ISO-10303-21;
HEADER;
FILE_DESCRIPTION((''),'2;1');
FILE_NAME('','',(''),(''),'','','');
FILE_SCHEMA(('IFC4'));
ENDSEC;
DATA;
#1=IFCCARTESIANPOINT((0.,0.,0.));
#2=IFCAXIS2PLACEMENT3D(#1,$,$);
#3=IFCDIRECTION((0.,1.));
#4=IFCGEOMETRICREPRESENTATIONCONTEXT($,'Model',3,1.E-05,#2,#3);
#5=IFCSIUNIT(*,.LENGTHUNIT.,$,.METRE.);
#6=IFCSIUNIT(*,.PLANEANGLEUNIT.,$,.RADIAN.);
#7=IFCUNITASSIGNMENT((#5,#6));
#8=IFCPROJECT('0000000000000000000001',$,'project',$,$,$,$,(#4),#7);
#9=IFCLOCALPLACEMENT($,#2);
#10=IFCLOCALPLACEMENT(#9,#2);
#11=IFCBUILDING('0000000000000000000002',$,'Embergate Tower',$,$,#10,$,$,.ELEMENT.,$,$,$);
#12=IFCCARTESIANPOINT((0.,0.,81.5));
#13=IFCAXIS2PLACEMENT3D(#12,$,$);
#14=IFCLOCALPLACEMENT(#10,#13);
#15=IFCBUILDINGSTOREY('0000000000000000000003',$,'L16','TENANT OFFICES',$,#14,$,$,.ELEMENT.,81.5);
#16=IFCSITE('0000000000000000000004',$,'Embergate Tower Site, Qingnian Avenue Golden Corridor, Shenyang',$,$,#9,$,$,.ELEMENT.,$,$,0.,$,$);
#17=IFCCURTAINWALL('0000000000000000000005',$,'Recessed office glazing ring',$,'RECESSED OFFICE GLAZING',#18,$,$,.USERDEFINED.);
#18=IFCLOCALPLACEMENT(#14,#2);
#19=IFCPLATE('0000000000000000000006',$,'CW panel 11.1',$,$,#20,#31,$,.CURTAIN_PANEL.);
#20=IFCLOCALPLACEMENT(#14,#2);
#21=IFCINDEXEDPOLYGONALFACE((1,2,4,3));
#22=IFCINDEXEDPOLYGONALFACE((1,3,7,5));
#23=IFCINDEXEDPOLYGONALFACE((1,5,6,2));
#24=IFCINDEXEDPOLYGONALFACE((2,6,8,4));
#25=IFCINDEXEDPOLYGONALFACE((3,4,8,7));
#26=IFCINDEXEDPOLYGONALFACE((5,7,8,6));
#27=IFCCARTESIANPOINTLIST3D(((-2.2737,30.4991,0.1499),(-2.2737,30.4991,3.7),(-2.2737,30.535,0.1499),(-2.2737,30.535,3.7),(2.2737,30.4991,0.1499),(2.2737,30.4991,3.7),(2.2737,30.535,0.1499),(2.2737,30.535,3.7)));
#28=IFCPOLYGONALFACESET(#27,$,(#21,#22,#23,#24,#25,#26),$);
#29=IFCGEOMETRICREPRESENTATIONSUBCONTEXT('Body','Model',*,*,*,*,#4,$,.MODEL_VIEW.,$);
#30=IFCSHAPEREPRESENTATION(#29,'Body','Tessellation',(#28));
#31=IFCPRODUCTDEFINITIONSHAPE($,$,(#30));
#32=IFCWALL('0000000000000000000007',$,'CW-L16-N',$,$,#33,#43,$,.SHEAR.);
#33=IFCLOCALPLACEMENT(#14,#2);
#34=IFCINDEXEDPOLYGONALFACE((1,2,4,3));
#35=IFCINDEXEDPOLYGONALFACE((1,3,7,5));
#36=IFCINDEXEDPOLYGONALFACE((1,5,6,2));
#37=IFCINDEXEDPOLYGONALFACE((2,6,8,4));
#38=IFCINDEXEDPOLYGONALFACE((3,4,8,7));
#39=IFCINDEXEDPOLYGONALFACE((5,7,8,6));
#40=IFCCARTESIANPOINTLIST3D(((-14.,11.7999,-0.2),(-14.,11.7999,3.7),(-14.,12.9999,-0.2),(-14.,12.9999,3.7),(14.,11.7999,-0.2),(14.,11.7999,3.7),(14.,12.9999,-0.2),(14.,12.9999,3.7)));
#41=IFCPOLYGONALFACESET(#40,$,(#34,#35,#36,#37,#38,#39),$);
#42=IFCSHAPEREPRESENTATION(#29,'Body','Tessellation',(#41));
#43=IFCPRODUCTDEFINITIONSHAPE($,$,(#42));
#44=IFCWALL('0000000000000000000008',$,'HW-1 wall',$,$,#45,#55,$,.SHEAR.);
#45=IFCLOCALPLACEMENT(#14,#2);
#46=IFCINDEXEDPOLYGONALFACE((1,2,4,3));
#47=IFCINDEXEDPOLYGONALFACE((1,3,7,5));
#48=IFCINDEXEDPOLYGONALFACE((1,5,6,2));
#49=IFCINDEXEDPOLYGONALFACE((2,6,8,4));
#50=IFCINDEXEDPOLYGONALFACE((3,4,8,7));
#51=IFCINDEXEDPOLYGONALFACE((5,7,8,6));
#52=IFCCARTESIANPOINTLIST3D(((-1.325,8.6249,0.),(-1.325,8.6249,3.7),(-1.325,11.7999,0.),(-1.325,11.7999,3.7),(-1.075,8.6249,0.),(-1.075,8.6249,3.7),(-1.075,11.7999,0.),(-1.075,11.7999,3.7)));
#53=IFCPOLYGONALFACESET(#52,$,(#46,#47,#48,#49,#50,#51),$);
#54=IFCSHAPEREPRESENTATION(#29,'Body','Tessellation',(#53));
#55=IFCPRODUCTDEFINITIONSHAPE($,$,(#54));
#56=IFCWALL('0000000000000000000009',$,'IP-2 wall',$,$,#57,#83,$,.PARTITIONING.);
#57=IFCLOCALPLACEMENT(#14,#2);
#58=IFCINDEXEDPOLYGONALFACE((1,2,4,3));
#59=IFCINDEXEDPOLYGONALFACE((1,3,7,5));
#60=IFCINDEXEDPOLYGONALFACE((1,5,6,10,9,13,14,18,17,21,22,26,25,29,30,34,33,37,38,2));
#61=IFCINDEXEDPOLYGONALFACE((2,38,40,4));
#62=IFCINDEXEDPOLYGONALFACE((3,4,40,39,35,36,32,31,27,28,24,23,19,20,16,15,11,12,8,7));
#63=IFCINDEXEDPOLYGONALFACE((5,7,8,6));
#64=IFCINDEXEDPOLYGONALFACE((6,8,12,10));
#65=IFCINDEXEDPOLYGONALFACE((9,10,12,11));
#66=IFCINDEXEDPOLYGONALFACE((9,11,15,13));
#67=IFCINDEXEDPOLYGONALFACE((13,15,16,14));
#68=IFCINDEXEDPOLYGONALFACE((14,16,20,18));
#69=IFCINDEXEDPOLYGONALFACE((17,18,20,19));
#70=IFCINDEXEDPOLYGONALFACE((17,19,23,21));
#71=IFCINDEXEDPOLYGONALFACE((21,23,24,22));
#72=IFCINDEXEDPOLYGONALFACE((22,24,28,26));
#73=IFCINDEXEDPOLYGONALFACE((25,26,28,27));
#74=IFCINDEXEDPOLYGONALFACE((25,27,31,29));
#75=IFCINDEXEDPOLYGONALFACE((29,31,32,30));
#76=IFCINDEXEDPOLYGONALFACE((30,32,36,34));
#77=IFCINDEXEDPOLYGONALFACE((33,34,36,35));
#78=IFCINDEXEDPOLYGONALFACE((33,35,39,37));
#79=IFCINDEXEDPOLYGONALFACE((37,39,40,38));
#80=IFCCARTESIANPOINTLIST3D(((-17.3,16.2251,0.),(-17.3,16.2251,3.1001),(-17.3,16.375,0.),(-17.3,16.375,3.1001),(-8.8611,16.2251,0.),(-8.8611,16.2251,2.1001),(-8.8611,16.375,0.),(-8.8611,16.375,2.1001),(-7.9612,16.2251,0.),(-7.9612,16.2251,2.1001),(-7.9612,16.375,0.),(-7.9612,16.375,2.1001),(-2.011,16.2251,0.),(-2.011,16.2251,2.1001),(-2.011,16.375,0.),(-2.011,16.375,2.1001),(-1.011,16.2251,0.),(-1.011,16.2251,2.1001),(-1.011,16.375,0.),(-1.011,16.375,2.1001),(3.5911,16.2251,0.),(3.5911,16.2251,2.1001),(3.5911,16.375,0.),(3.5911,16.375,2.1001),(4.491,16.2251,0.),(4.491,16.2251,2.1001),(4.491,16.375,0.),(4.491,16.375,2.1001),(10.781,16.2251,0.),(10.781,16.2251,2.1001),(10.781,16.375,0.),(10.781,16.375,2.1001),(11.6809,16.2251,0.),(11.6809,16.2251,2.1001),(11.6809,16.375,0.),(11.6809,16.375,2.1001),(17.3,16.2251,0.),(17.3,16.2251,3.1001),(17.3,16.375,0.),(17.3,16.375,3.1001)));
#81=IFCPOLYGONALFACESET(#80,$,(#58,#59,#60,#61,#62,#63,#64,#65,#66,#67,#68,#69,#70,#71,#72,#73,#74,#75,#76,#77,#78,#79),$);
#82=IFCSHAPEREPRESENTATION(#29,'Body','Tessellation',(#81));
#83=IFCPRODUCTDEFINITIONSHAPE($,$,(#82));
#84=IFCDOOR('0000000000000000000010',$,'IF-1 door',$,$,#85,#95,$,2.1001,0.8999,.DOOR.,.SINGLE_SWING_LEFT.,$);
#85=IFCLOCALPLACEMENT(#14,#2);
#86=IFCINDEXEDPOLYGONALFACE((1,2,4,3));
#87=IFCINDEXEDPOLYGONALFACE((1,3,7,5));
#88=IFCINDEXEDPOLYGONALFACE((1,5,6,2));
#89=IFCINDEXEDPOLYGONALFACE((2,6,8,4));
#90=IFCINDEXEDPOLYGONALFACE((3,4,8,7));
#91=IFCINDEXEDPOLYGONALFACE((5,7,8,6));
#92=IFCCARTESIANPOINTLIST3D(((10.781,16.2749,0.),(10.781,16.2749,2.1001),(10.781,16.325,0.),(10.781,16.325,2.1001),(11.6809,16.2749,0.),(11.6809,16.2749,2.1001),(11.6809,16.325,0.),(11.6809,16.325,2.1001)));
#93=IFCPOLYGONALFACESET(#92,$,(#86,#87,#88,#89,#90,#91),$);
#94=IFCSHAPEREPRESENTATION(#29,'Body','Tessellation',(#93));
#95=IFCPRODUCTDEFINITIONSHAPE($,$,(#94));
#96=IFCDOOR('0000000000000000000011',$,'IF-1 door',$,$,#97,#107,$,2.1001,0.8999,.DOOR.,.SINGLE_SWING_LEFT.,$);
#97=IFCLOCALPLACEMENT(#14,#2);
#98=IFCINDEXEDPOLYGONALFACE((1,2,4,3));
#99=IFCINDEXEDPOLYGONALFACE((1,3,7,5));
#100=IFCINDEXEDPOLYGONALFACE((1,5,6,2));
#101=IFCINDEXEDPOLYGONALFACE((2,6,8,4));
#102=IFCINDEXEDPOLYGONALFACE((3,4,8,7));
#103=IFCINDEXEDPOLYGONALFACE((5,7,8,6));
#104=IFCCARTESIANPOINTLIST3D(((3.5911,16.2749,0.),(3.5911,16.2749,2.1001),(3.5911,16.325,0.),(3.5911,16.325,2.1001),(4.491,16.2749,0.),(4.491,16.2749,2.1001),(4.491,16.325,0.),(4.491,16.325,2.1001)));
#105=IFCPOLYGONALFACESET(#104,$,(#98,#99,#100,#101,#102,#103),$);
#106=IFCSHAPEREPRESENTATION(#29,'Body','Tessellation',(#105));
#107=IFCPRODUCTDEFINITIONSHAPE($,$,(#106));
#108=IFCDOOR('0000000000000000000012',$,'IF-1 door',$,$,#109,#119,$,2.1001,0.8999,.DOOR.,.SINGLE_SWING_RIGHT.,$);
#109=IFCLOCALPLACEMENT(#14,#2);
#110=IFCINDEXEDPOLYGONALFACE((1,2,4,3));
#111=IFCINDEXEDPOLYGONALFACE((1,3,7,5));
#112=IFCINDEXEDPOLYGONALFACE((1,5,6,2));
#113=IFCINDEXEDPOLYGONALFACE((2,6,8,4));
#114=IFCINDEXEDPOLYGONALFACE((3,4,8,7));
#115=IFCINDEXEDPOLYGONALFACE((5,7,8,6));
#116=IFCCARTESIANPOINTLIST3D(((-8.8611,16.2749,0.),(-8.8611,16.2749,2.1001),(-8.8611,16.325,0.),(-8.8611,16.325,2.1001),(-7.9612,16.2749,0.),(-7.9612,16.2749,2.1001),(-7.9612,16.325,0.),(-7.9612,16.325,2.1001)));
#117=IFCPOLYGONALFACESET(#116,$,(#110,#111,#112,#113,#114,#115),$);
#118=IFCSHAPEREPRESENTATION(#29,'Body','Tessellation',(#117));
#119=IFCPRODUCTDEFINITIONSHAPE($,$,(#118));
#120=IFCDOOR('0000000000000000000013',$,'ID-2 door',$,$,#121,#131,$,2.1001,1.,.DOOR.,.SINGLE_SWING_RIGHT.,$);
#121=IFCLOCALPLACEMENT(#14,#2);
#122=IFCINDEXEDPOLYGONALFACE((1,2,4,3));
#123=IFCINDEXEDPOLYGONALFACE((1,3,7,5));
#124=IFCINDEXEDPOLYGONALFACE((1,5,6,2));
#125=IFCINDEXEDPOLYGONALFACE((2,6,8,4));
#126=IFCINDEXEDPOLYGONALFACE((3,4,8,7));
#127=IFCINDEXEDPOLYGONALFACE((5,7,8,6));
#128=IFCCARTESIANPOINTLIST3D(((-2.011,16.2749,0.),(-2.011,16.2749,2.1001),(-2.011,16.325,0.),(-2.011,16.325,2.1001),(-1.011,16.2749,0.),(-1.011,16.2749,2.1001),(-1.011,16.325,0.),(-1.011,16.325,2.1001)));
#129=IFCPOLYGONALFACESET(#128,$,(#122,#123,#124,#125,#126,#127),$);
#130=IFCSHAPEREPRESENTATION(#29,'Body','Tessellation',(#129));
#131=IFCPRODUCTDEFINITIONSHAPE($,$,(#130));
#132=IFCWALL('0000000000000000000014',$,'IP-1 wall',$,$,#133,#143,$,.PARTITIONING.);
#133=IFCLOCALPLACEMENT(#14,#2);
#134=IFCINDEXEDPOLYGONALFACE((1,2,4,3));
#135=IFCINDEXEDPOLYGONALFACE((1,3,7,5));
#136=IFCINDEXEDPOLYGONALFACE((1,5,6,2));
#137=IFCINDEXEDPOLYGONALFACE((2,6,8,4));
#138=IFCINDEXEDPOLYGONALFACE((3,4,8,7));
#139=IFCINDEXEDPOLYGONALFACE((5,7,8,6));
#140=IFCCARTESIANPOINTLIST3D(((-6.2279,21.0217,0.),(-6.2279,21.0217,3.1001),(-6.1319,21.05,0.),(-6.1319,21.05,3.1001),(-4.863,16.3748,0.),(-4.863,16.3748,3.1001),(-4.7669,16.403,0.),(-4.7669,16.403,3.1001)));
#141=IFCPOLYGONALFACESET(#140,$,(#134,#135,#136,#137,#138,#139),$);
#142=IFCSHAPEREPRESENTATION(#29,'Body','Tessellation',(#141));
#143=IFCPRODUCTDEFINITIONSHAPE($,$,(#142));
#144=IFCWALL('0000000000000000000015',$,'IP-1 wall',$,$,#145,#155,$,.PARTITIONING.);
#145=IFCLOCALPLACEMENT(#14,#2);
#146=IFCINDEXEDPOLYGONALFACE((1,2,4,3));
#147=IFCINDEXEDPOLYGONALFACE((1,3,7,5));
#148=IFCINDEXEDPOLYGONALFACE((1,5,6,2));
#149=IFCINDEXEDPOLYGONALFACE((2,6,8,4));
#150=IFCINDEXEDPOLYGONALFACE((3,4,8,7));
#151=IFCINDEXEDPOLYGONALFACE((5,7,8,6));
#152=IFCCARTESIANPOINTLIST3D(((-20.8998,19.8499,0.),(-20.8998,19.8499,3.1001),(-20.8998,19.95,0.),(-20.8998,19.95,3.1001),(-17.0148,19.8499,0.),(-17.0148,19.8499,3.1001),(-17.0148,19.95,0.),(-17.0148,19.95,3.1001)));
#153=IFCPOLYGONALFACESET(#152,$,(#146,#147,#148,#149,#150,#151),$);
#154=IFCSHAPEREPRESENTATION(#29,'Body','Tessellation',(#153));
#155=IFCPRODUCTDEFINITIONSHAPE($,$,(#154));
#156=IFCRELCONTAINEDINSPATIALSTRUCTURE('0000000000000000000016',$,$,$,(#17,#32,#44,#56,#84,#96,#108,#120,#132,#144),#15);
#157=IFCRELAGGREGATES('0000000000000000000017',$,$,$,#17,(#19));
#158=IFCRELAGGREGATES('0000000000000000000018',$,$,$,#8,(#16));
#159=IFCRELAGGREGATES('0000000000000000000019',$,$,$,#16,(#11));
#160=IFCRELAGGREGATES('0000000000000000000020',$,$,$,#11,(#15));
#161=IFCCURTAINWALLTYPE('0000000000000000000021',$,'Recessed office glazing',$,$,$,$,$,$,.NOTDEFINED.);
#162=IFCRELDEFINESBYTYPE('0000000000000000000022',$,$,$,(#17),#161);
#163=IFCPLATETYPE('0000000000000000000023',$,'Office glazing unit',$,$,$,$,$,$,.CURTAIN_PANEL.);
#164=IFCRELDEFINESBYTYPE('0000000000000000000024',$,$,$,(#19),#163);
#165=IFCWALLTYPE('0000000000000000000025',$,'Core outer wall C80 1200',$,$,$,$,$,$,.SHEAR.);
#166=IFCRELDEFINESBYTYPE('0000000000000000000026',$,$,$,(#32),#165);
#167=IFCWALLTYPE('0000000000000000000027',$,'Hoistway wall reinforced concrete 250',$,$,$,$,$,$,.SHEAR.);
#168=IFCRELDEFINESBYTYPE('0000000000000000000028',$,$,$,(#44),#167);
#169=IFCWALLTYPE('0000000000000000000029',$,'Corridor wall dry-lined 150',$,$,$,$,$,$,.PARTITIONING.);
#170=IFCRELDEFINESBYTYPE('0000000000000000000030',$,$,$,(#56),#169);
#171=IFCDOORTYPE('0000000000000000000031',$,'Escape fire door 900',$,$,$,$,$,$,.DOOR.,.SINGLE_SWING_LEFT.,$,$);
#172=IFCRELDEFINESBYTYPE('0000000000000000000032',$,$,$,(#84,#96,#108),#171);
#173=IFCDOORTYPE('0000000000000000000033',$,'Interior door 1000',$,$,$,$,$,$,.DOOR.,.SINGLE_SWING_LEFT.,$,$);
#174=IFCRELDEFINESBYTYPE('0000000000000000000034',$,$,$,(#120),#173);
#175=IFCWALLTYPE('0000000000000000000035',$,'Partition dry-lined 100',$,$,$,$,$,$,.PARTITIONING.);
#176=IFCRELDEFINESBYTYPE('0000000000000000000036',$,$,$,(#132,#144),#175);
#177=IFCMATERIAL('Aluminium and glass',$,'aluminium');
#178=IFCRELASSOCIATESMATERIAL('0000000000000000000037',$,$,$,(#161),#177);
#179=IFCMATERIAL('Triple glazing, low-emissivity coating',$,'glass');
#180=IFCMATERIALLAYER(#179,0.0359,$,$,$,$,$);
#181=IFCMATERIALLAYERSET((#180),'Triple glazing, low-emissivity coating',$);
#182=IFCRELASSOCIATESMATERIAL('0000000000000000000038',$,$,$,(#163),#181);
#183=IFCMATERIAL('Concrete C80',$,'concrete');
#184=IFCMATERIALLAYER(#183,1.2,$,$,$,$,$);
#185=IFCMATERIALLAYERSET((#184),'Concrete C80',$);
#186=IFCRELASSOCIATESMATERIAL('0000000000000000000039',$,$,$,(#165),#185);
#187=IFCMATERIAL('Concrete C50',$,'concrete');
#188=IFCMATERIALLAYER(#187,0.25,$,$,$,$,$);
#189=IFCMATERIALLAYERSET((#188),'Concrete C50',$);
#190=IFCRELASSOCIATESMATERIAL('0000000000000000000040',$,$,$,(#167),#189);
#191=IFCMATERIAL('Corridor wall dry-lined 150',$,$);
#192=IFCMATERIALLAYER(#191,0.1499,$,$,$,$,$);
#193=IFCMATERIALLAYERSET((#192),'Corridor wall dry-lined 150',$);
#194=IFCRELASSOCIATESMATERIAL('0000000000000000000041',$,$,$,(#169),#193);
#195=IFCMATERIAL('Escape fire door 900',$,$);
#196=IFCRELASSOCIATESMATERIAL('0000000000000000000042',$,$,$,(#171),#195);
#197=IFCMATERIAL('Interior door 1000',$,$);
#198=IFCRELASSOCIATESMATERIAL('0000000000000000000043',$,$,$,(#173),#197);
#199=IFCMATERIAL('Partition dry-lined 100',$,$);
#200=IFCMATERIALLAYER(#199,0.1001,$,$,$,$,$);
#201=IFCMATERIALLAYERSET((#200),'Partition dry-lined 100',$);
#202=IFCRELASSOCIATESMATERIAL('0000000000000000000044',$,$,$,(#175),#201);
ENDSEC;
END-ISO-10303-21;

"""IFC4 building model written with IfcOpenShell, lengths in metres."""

from ifc_helpers import new_model, si_unit, direction, frame, frame_2d, origin, origin_2d, place, context, subcontext, project, spatial, rectangle, extrude, source, transform, mapped, material, layer, layer_set, type_object, element, fill, aggregate, save


model = new_model("IFC4")

# Units and contexts
model_context = context("Model", 3, precision=1e-05, world=origin(), true_north=direction((0.0, 1.0)))
body_context = subcontext(model_context, "Body", "Model", "MODEL_VIEW")
ifc_project = project(units=[si_unit("LENGTHUNIT", "METRE"), si_unit("PLANEANGLEUNIT", "RADIAN")], contexts=[model_context])

# Site, building, storey
site_placement = place(None, origin())
site = spatial("IfcSite", under=ifc_project, at=site_placement, Name="Embergate Tower Site, Qingnian Avenue Golden Corridor, Shenyang", CompositionType="ELEMENT", RefElevation=0.0)
building_placement = place(site_placement, origin())
building = spatial("IfcBuilding", under=site, at=building_placement, Name="Embergate Tower", CompositionType="ELEMENT")
storey_placement = place(building_placement, frame((0.0, 0.0, 81.5)))
storey = spatial("IfcBuildingStorey", under=building, at=storey_placement, Name="L16", Description="TENANT OFFICES", CompositionType="ELEMENT", Elevation=81.5)

# Curtain wall, plate
ifc_material_1 = material(Name="Aluminium and glass", Category="aluminium")
curtain_wall_type = type_object("IfcCurtainWallType", Name="Recessed office glazing", PredefinedType="NOTDEFINED", material=ifc_material_1)
curtain_wall_placement = place(storey_placement, origin())
curtain_wall = element("IfcCurtainWall", 1, at=curtain_wall_placement, inside=storey, type_object=curtain_wall_type, Name="Recessed office glazing ring", ObjectType="RECESSED OFFICE GLAZING", PredefinedType="USERDEFINED")
ifc_material_2 = material(Name="Triple glazing, low-emissivity coating", Category="glass")
ifc_layer_1 = layer(ifc_material_2, 0.0359)
ifc_layer_set_1 = layer_set([ifc_layer_1], Name="Triple glazing, low-emissivity coating")
plate_type = type_object("IfcPlateType", Name="Office glazing unit", PredefinedType="CURTAIN_PANEL", material=ifc_layer_set_1)
shared_shape_1 = source(origin(), body_context, "Body", "SweptSolid", [
    extrude(rectangle(XDim=4.5474, YDim=0.0359, at=origin_2d()), origin(), (0.0, 0.0, 1.0), 3.55),
])
plate_1_placement = place(storey_placement, frame((0.0, 30.5171, 0.1499), z_axis=(0.0, 0.0, 1.0), x_axis=(-1.0, 0.0, 0.0)))
plate_1 = element("IfcPlate", 2, at=plate_1_placement, type_object=plate_type, Name="CW panel 11.1", PredefinedType="CURTAIN_PANEL", context=body_context, shape_type="MappedRepresentation", body=[
    mapped(shared_shape_1, transform((0.0, 0.0, 0.0))),
])
aggregate(curtain_wall, [plate_1])

# Walls
ifc_material_3 = material(Name="Concrete C80", Category="concrete")
ifc_layer_2 = layer(ifc_material_3, 1.2)
ifc_layer_set_2 = layer_set([ifc_layer_2], Name="Concrete C80")
wall_type_1 = type_object("IfcWallType", Name="Core outer wall C80 1200", PredefinedType="SHEAR", material=ifc_layer_set_2)
shared_shape_2 = source(origin(), body_context, "Body", "SweptSolid", [
    extrude(rectangle(XDim=28.0, YDim=1.2, at=frame_2d((14.0, 0.0))), origin(), (0.0, 0.0, 1.0), 3.8999),
])
wall_1_placement = place(storey_placement, frame((-14.0, 12.3999, -0.2), z_axis=(0.0, 0.0, 1.0), x_axis=(1.0, 0.0, 0.0)))
element("IfcWall", 3, at=wall_1_placement, inside=storey, type_object=wall_type_1, Name="CW-L16-N", PredefinedType="SHEAR", context=body_context, shape_type="MappedRepresentation", body=[
    mapped(shared_shape_2, transform((0.0, 0.0, 0.0))),
])
ifc_material_4 = material(Name="Concrete C50", Category="concrete")
ifc_layer_3 = layer(ifc_material_4, 0.25)
ifc_layer_set_3 = layer_set([ifc_layer_3], Name="Concrete C50")
wall_type_2 = type_object("IfcWallType", Name="Hoistway wall reinforced concrete 250", PredefinedType="SHEAR", material=ifc_layer_set_3)
shared_shape_3 = source(origin(), body_context, "Body", "SweptSolid", [
    extrude(rectangle(XDim=3.175, YDim=0.25, at=frame_2d((1.5874, 0.0))), origin(), (0.0, 0.0, 1.0), 3.7),
])
wall_2_placement = place(storey_placement, frame((-1.2, 8.625, 0.0), z_axis=(0.0, 0.0, 1.0), x_axis=(0.0, 1.0, 0.0)))
element("IfcWall", 4, at=wall_2_placement, inside=storey, type_object=wall_type_2, Name="HW-1 wall", PredefinedType="SHEAR", context=body_context, shape_type="MappedRepresentation", body=[
    mapped(shared_shape_3, transform((0.0, 0.0, 0.0))),
])

# Wall, openings, doors
ifc_material_5 = material(Name="Corridor wall dry-lined 150")
ifc_layer_4 = layer(ifc_material_5, 0.1499)
ifc_layer_set_4 = layer_set([ifc_layer_4], Name="Corridor wall dry-lined 150")
wall_type_3 = type_object("IfcWallType", Name="Corridor wall dry-lined 150", PredefinedType="PARTITIONING", material=ifc_layer_set_4)
shared_shape_4 = source(origin(), body_context, "Body", "SweptSolid", [
    extrude(rectangle(XDim=34.6001, YDim=0.1499, at=frame_2d((17.3, 0.0))), origin(), (0.0, 0.0, 1.0), 3.1001),
])
wall_3_placement = place(storey_placement, frame((-17.3, 16.3, 0.0), z_axis=(0.0, 0.0, 1.0), x_axis=(1.0, 0.0, 0.0)))
wall_3 = element("IfcWall", 5, at=wall_3_placement, inside=storey, type_object=wall_type_3, Name="IP-2 wall", PredefinedType="PARTITIONING", context=body_context, shape_type="MappedRepresentation", body=[
    mapped(shared_shape_4, transform((0.0, 0.0, 0.0))),
])
shared_shape_5 = source(origin(), body_context, "Body", "SweptSolid", [
    extrude(rectangle(XDim=0.8999, YDim=2.1001, at=frame_2d((0.45, 1.05))), frame((0.0, 0.085, 0.0), z_axis=(0.0, -1.0, 0.0), x_axis=(1.0, 0.0, 0.0)), (0.0, 0.0, 1.0), 0.1699),
])
opening_1_placement = place(wall_3_placement, frame((28.0811, 0.0, 0.0)))
opening_1 = element("IfcOpeningElement", 6, at=opening_1_placement, cuts=wall_3, PredefinedType="OPENING", context=body_context, shape_type="MappedRepresentation", body=[
    mapped(shared_shape_5, transform((0.0, 0.0, 0.0))),
])
opening_2_placement = place(wall_3_placement, frame((20.8911, 0.0, 0.0)))
opening_2 = element("IfcOpeningElement", 7, at=opening_2_placement, cuts=wall_3, PredefinedType="OPENING", context=body_context, shape_type="MappedRepresentation", body=[
    mapped(shared_shape_5, transform((0.0, 0.0, 0.0))),
])
shared_shape_6 = source(origin(), body_context, "Body", "SweptSolid", [
    extrude(rectangle(XDim=1.0, YDim=2.1001, at=frame_2d((0.5, 1.05))), frame((0.0, 0.085, 0.0), z_axis=(0.0, -1.0, 0.0), x_axis=(1.0, 0.0, 0.0)), (0.0, 0.0, 1.0), 0.1699),
])
opening_3_placement = place(wall_3_placement, frame((15.2891, 0.0, 0.0)))
opening_3 = element("IfcOpeningElement", 8, at=opening_3_placement, cuts=wall_3, PredefinedType="OPENING", context=body_context, shape_type="MappedRepresentation", body=[
    mapped(shared_shape_6, transform((0.0, 0.0, 0.0))),
])
opening_4_placement = place(wall_3_placement, frame((8.439, 0.0, 0.0)))
opening_4 = element("IfcOpeningElement", 9, at=opening_4_placement, cuts=wall_3, PredefinedType="OPENING", context=body_context, shape_type="MappedRepresentation", body=[
    mapped(shared_shape_5, transform((0.0, 0.0, 0.0))),
])
ifc_material_6 = material(Name="Escape fire door 900")
door_type_1 = type_object("IfcDoorType", Name="Escape fire door 900", OperationType="SINGLE_SWING_LEFT", PredefinedType="DOOR", material=ifc_material_6)
shared_shape_7 = source(origin(), body_context, "Body", "SweptSolid", [
    extrude(rectangle(XDim=0.8999, YDim=2.1001, at=frame_2d((0.45, 1.05))), frame((0.0, 0.0249, 0.0), z_axis=(0.0, -1.0, 0.0), x_axis=(1.0, 0.0, 0.0)), (0.0, 0.0, 1.0), 0.05),
])
door_1_placement = place(opening_1_placement, origin())
door_1 = element("IfcDoor", 10, at=door_1_placement, inside=storey, type_object=door_type_1, Name="IF-1 door", OperationType="SINGLE_SWING_LEFT", OverallHeight=2.1001, OverallWidth=0.8999, PredefinedType="DOOR", context=body_context, shape_type="MappedRepresentation", body=[
    mapped(shared_shape_7, transform((0.0, 0.0, 0.0))),
])
fill(opening_1, door_1)
door_2_placement = place(opening_2_placement, origin())
door_2 = element("IfcDoor", 11, at=door_2_placement, inside=storey, type_object=door_type_1, Name="IF-1 door", OperationType="SINGLE_SWING_LEFT", OverallHeight=2.1001, OverallWidth=0.8999, PredefinedType="DOOR", context=body_context, shape_type="MappedRepresentation", body=[
    mapped(shared_shape_7, transform((0.0, 0.0, 0.0))),
])
fill(opening_2, door_2)
door_3_placement = place(opening_4_placement, origin())
door_3 = element("IfcDoor", 12, at=door_3_placement, inside=storey, type_object=door_type_1, Name="IF-1 door", OperationType="SINGLE_SWING_RIGHT", OverallHeight=2.1001, OverallWidth=0.8999, PredefinedType="DOOR", context=body_context, shape_type="MappedRepresentation", body=[
    mapped(shared_shape_7, transform((0.0, 0.0, 0.0))),
])
fill(opening_4, door_3)
ifc_material_7 = material(Name="Interior door 1000")
door_type_2 = type_object("IfcDoorType", Name="Interior door 1000", OperationType="SINGLE_SWING_LEFT", PredefinedType="DOOR", material=ifc_material_7)
shared_shape_8 = source(origin(), body_context, "Body", "SweptSolid", [
    extrude(rectangle(XDim=1.0, YDim=2.1001, at=frame_2d((0.5, 1.05))), frame((0.0, 0.0249, 0.0), z_axis=(0.0, -1.0, 0.0), x_axis=(1.0, 0.0, 0.0)), (0.0, 0.0, 1.0), 0.05),
])
door_4_placement = place(opening_3_placement, origin())
door_4 = element("IfcDoor", 13, at=door_4_placement, inside=storey, type_object=door_type_2, Name="ID-2 door", OperationType="SINGLE_SWING_RIGHT", OverallHeight=2.1001, OverallWidth=1.0, PredefinedType="DOOR", context=body_context, shape_type="MappedRepresentation", body=[
    mapped(shared_shape_8, transform((0.0, 0.0, 0.0))),
])
fill(opening_3, door_4)

# Walls
ifc_material_8 = material(Name="Partition dry-lined 100")
ifc_layer_5 = layer(ifc_material_8, 0.1001)
ifc_layer_set_5 = layer_set([ifc_layer_5], Name="Partition dry-lined 100")
wall_type_4 = type_object("IfcWallType", Name="Partition dry-lined 100", PredefinedType="PARTITIONING", material=ifc_layer_set_5)
shared_shape_9 = source(origin(), body_context, "Body", "SweptSolid", [
    extrude(rectangle(XDim=4.8433, YDim=0.1001, at=frame_2d((2.4216, 0.0))), origin(), (0.0, 0.0, 1.0), 3.1001),
])
wall_4_placement = place(storey_placement, frame((-4.8149, 16.3889, 0.0), z_axis=(0.0, 0.0, 1.0), x_axis=(-0.281831, 0.959464, 0.0)))
element("IfcWall", 14, at=wall_4_placement, inside=storey, type_object=wall_type_4, Name="IP-1 wall", PredefinedType="PARTITIONING", context=body_context, shape_type="MappedRepresentation", body=[
    mapped(shared_shape_9, transform((0.0, 0.0, 0.0))),
])
shared_shape_10 = source(origin(), body_context, "Body", "SweptSolid", [
    extrude(rectangle(XDim=3.885, YDim=0.1001, at=frame_2d((1.9424, 0.0))), origin(), (0.0, 0.0, 1.0), 3.1001),
])
wall_5_placement = place(storey_placement, frame((-17.0149, 19.8999, 0.0), z_axis=(0.0, 0.0, 1.0), x_axis=(-1.0, 0.0, 0.0)))
element("IfcWall", 15, at=wall_5_placement, inside=storey, type_object=wall_type_4, Name="IP-1 wall", PredefinedType="PARTITIONING", context=body_context, shape_type="MappedRepresentation", body=[
    mapped(shared_shape_10, transform((0.0, 0.0, 0.0))),
])

save(model, "model.ifc")
